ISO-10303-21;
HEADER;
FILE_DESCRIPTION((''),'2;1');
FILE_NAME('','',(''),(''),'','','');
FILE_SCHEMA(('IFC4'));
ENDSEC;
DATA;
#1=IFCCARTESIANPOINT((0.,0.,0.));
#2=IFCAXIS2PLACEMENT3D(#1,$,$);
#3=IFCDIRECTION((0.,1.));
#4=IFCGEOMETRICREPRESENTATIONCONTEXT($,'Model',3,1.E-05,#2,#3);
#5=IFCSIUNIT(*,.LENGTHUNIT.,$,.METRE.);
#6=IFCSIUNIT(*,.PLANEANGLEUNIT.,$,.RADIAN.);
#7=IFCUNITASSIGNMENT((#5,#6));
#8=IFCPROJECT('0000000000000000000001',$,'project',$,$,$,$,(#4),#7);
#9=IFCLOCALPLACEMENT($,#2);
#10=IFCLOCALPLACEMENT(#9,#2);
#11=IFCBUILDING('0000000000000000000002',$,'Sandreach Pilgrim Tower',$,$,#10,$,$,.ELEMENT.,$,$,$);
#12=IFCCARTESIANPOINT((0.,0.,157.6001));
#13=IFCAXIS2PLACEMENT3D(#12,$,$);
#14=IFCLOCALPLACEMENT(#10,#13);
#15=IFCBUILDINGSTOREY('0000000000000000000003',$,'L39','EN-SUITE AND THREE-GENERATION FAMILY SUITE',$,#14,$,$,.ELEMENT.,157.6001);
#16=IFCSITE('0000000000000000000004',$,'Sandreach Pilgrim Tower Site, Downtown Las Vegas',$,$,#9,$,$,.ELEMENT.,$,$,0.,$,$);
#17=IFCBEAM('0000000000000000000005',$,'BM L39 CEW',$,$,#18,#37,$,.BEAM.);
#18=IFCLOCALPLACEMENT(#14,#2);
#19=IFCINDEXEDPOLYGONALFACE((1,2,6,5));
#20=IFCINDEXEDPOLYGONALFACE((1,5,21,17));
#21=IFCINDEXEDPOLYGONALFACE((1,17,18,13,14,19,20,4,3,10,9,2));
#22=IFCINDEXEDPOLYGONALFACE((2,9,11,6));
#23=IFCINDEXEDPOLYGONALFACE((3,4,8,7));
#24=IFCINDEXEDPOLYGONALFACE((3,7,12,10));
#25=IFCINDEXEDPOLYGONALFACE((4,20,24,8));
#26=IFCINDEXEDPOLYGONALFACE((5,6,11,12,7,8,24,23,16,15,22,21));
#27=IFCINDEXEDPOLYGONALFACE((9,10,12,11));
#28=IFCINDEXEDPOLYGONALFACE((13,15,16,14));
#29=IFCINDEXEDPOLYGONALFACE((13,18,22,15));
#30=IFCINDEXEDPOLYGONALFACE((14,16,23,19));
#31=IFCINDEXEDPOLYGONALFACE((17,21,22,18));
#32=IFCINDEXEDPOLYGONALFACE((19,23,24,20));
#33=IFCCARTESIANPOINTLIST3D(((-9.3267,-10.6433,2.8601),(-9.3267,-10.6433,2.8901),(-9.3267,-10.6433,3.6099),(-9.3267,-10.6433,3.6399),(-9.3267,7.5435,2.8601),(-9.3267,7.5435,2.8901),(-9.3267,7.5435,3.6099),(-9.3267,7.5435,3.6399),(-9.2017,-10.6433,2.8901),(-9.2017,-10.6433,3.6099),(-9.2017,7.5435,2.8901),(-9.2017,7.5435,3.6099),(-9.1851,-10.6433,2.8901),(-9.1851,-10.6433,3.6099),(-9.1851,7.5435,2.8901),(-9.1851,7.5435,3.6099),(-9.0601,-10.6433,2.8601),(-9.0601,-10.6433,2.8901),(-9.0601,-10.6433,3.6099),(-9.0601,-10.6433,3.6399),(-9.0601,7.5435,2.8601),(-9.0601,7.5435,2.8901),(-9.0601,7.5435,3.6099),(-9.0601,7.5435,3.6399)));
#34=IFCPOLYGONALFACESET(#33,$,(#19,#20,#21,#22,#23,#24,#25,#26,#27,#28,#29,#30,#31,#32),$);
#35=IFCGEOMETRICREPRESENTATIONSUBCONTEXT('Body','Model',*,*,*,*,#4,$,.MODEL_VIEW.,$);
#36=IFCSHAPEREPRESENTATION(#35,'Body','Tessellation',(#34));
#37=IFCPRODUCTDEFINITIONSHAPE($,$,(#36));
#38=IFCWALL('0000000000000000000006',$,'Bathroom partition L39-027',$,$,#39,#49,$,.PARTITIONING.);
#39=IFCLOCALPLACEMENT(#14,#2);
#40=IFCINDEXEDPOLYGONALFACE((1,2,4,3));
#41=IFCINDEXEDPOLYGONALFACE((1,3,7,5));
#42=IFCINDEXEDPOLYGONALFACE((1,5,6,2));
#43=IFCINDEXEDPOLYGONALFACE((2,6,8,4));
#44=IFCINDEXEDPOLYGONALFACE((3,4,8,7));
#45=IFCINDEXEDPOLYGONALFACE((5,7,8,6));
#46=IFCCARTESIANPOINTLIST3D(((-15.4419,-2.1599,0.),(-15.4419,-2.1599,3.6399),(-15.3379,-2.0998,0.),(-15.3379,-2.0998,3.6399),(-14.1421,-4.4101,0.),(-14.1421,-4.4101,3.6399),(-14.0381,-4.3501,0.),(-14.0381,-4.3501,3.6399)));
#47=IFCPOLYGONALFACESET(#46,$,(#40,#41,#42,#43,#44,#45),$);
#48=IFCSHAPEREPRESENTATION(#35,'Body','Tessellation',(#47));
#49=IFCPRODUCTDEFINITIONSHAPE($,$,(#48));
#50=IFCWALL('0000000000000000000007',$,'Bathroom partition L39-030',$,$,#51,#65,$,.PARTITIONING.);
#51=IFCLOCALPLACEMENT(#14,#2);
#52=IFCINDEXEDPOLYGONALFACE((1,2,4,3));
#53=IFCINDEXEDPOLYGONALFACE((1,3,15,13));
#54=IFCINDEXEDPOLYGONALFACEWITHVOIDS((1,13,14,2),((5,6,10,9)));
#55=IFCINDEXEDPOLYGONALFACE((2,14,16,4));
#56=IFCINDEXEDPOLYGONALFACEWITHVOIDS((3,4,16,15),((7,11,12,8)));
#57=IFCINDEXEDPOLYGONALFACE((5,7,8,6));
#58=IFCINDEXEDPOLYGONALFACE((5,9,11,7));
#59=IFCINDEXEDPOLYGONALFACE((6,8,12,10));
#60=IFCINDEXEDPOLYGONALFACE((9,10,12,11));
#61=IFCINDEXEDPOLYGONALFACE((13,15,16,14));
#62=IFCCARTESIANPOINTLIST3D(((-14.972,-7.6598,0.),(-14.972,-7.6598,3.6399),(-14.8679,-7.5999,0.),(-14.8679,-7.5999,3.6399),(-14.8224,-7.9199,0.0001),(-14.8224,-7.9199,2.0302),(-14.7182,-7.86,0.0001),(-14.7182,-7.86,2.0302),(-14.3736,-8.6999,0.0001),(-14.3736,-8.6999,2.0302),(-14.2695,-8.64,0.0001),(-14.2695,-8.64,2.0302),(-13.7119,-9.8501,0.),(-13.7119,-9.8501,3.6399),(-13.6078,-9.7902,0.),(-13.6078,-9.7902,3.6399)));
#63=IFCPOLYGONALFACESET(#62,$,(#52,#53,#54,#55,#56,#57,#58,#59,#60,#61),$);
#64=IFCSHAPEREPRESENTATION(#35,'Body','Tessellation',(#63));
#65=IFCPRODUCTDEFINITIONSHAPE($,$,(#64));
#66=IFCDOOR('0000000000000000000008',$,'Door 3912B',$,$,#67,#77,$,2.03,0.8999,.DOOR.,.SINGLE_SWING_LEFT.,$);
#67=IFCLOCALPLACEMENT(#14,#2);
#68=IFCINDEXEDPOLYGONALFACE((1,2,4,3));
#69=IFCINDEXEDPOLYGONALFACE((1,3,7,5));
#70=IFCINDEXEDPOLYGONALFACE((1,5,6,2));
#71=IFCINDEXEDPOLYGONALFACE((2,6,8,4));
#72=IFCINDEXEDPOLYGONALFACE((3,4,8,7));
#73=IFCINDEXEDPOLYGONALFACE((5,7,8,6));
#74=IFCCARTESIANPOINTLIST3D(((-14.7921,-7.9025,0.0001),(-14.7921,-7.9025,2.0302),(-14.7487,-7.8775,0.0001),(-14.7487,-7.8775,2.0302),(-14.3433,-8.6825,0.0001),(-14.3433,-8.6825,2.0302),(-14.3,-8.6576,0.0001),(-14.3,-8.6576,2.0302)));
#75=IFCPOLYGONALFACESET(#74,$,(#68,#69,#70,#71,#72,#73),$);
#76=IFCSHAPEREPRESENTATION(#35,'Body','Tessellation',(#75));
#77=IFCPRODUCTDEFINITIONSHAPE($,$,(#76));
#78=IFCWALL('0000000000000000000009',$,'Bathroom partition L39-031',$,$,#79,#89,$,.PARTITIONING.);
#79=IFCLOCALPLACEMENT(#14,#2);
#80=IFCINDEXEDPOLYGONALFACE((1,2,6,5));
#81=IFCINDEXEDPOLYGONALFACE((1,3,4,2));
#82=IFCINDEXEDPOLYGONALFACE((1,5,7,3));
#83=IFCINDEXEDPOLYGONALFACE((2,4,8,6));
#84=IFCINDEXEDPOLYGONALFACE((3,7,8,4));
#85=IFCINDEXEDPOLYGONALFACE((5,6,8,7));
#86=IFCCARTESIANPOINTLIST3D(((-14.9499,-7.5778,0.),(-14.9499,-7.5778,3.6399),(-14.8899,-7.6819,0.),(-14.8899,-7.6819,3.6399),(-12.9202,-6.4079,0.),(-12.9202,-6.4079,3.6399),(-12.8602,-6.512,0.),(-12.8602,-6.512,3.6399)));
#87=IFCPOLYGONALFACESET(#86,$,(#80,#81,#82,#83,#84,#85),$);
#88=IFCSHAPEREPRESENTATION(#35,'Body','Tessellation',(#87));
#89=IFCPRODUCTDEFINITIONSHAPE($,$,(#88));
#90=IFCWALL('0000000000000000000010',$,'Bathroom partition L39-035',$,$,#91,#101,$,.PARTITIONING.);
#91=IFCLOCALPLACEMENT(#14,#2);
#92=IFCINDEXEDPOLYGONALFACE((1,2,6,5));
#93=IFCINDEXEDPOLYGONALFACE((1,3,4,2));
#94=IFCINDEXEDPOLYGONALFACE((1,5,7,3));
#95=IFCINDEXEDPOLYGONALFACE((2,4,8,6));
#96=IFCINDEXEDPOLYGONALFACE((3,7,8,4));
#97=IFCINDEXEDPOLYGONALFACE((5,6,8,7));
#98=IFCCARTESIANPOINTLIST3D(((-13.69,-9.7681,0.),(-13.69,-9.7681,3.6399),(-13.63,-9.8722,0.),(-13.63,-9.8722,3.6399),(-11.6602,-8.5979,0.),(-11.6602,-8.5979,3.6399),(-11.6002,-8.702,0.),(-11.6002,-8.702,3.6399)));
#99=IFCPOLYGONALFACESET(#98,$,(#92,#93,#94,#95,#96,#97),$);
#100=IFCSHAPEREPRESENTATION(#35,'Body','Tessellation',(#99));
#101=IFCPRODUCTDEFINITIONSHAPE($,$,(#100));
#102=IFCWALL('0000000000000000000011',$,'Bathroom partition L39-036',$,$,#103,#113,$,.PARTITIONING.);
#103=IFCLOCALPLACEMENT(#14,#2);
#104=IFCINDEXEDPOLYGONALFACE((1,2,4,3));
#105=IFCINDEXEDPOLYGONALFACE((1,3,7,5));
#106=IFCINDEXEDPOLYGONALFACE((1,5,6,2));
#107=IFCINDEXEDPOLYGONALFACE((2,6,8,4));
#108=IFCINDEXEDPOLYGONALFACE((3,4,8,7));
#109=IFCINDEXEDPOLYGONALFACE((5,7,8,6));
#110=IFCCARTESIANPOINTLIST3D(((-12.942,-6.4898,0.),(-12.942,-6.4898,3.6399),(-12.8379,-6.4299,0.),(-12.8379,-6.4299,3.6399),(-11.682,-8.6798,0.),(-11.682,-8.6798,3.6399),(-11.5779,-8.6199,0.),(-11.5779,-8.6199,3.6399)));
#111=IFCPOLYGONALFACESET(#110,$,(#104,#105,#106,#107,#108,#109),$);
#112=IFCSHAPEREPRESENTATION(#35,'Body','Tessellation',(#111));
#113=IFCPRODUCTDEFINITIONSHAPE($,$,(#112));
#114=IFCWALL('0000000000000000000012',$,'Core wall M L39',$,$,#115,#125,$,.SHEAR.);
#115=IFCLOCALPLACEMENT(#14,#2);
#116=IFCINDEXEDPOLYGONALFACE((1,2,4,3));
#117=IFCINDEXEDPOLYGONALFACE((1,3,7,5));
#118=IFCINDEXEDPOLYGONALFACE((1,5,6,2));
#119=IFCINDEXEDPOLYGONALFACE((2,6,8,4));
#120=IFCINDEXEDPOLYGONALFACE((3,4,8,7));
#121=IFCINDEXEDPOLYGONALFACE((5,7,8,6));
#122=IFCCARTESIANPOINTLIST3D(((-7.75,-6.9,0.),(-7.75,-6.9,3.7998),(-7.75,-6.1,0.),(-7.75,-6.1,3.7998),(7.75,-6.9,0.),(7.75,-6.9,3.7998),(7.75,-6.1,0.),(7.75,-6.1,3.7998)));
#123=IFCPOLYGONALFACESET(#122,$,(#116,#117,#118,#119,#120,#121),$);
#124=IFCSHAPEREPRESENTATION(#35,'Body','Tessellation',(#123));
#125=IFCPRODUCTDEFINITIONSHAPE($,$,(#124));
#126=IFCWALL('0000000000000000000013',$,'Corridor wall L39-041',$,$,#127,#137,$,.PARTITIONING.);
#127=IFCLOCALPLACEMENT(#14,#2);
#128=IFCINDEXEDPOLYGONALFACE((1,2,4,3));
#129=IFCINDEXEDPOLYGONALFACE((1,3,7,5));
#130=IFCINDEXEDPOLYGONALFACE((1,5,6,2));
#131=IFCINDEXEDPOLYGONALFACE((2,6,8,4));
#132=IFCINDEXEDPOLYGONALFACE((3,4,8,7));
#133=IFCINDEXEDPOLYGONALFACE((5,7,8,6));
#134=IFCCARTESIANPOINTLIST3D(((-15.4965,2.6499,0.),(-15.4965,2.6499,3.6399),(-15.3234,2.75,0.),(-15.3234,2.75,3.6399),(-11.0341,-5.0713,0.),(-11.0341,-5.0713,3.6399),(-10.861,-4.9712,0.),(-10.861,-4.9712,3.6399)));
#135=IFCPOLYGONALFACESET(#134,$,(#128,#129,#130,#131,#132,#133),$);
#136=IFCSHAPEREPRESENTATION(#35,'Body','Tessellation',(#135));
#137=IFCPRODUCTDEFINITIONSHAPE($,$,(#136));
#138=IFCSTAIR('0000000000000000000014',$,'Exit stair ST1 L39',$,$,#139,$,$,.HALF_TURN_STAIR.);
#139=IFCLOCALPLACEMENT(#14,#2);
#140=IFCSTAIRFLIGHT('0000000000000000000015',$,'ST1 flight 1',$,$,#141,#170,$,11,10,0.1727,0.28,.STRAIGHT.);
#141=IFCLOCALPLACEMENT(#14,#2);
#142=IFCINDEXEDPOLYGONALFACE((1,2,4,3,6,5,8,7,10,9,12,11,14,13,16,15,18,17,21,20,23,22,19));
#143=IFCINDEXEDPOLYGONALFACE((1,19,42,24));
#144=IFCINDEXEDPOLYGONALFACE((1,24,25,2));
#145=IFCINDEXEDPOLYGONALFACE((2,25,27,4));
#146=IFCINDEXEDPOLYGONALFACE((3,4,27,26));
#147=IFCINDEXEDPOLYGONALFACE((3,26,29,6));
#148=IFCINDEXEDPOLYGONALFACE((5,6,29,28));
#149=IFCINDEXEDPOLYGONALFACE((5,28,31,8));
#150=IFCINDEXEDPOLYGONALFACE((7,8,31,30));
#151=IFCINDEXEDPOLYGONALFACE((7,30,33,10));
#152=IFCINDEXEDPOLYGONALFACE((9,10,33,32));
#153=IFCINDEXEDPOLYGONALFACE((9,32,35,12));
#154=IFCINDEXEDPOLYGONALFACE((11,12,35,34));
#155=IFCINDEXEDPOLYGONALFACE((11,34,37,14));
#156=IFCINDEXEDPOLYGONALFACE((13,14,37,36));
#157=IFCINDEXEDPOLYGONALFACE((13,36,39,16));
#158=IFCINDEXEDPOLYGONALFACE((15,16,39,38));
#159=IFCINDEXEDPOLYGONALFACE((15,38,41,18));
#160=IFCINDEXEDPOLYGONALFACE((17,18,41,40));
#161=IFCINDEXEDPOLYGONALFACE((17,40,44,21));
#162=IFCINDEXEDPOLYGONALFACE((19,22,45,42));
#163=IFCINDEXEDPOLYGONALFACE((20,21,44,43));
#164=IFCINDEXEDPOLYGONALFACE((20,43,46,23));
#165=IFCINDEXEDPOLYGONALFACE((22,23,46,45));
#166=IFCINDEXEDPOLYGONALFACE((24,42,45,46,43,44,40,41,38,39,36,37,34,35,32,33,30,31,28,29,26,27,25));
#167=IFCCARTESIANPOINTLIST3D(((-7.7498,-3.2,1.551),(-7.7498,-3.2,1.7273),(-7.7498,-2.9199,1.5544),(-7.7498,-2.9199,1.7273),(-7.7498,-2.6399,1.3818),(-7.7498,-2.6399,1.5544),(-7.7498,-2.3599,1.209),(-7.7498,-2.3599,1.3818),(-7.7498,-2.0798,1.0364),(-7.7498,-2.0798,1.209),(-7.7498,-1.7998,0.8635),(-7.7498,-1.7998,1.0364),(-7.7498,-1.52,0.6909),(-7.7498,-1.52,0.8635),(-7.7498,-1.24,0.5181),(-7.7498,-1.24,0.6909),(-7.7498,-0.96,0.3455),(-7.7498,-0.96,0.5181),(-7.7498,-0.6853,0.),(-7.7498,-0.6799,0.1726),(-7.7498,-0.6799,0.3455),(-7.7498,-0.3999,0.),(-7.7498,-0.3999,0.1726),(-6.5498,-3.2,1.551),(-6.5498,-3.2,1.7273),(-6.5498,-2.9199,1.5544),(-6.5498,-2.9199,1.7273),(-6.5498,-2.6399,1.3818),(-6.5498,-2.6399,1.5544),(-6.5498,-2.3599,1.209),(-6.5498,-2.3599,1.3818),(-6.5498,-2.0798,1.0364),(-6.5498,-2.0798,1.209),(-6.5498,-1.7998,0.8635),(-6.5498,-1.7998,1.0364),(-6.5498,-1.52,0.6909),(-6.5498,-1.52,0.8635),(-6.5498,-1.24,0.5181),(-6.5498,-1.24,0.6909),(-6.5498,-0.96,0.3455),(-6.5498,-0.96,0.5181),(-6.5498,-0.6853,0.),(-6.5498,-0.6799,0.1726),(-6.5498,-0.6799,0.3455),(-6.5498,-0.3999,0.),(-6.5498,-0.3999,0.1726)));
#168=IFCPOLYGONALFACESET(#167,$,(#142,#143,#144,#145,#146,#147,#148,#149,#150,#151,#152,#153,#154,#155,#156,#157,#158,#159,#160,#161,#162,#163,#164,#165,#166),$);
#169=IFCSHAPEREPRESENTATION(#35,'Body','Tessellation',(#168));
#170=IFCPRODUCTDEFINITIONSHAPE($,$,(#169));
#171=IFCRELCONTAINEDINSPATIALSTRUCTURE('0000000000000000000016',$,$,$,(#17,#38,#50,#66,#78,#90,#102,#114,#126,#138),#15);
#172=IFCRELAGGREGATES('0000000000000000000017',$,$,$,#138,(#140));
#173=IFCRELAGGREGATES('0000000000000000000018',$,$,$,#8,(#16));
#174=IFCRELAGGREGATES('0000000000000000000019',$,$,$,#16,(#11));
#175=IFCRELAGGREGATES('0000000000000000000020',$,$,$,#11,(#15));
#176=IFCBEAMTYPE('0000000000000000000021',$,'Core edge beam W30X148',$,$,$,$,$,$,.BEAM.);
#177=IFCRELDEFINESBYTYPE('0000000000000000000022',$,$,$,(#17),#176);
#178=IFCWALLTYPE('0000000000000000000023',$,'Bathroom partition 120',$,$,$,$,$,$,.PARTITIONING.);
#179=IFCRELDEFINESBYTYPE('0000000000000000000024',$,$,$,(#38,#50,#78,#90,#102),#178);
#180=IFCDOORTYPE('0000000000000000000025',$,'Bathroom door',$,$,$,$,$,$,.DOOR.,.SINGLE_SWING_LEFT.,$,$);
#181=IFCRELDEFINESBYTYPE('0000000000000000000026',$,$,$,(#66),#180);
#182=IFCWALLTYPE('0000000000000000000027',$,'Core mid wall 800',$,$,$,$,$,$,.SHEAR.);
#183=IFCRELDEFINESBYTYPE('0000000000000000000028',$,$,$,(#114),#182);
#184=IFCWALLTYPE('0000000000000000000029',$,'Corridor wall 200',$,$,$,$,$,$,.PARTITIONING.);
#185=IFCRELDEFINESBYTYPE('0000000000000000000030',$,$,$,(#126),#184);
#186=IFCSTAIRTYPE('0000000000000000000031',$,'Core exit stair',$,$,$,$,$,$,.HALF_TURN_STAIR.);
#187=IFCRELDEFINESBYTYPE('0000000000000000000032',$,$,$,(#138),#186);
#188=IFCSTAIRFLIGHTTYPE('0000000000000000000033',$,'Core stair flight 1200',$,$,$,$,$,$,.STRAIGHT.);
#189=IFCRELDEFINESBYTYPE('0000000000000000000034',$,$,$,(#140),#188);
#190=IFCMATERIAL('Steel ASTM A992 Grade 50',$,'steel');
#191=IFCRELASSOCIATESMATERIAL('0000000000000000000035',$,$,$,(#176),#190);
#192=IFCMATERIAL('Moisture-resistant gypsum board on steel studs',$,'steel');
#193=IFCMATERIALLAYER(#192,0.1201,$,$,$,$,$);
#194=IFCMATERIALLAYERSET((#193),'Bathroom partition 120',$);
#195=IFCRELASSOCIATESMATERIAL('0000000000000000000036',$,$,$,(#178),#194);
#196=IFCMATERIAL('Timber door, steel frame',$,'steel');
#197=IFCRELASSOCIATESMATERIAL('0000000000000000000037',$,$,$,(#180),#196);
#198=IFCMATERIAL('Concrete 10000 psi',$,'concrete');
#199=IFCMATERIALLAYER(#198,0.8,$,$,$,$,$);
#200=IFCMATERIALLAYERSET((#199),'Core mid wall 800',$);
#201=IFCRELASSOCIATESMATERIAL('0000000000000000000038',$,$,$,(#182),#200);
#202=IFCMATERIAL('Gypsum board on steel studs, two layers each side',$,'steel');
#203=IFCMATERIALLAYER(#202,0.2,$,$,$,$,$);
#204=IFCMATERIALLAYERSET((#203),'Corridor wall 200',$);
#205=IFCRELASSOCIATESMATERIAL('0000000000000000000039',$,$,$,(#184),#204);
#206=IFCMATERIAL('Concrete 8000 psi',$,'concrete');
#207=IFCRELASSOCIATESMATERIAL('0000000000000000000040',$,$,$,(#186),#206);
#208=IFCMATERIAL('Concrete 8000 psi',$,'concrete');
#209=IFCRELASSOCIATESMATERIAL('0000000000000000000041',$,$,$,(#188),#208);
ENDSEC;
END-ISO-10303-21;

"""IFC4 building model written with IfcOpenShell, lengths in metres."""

from ifc_helpers import new_model, si_unit, direction, frame, frame_2d, origin, origin_2d, place, context, subcontext, project, spatial, polyline, rectangle, i_section, outline, extrude, material, layer, layer_set, material_profile, profile_set, type_object, element, fill, aggregate, save


model = new_model("IFC4")

# Units and contexts
model_context = context("Model", 3, precision=1e-05, world=origin(), true_north=direction((0.0, 1.0)))
body_context = subcontext(model_context, "Body", "Model", "MODEL_VIEW")
ifc_project = project(units=[si_unit("LENGTHUNIT", "METRE"), si_unit("PLANEANGLEUNIT", "RADIAN")], contexts=[model_context])

# Site, building, storey
site_placement = place(None, origin())
site = spatial("IfcSite", under=ifc_project, at=site_placement, Name="Sandreach Pilgrim Tower Site, Downtown Las Vegas", CompositionType="ELEMENT", RefElevation=0.0)
building_placement = place(site_placement, origin())
building = spatial("IfcBuilding", under=site, at=building_placement, Name="Sandreach Pilgrim Tower", CompositionType="ELEMENT")
storey_placement = place(building_placement, frame((0.0, 0.0, 157.6001)))
storey = spatial("IfcBuildingStorey", under=building, at=storey_placement, Name="L39", Description="EN-SUITE AND THREE-GENERATION FAMILY SUITE", CompositionType="ELEMENT", Elevation=157.6001)

# Beam
ifc_material_1 = material(Name="Steel ASTM A992 Grade 50", Category="steel")
ifc_material_profile = material_profile(ifc_material_1, i_section(OverallWidth=0.2666, OverallDepth=0.7798, WebThickness=0.0166, FlangeThickness=0.03, at=origin_2d()), Name="W30X148")
ifc_profile_set = profile_set([ifc_material_profile], Name="Steel ASTM A992 Grade 50")
beam_type = type_object("IfcBeamType", Name="Core edge beam W30X148", PredefinedType="BEAM", material=ifc_profile_set)
beam_placement = place(storey_placement, frame((-9.1934, -10.6433, 3.25), z_axis=(0.0, 1.0, 0.0), x_axis=(-1.0, 0.0, 0.0)))
element("IfcBeam", 1, at=beam_placement, inside=storey, type_object=beam_type, Name="BM L39 CEW", PredefinedType="BEAM", context=body_context, shape_type="SweptSolid", body=[
    extrude(i_section(OverallWidth=0.2666, OverallDepth=0.7798, WebThickness=0.0166, FlangeThickness=0.03, at=origin_2d()), origin(), (0.0, 0.0, 1.0), 18.1868),
])

# Wall
ifc_material_2 = material(Name="Moisture-resistant gypsum board on steel studs", Category="steel")
ifc_layer_1 = layer(ifc_material_2, 0.1201)
ifc_layer_set_1 = layer_set([ifc_layer_1], Name="Bathroom partition 120")
wall_type_1 = type_object("IfcWallType", Name="Bathroom partition 120", PredefinedType="PARTITIONING", material=ifc_layer_set_1)
wall_1_placement = place(storey_placement, frame((-15.3899, -2.1299, 0.0), z_axis=(0.0, 0.0, 1.0), x_axis=(0.500181, -0.865921, 0.0)))
element("IfcWall", 2, at=wall_1_placement, inside=storey, type_object=wall_type_1, Name="Bathroom partition L39-027", PredefinedType="PARTITIONING", context=body_context, shape_type="SweptSolid", body=[
    extrude(rectangle(XDim=2.5986, YDim=0.1201, at=frame_2d((1.2993, 0.0))), origin(), (0.0, 0.0, 1.0), 3.6399),
])

# Wall, opening, door
wall_2_placement = place(storey_placement, frame((-14.9199, -7.6299, 0.0), z_axis=(0.0, 0.0, 1.0), x_axis=(0.498665, -0.866795, 0.0)))
wall_2 = element("IfcWall", 3, at=wall_2_placement, inside=storey, type_object=wall_type_1, Name="Bathroom partition L39-030", PredefinedType="PARTITIONING", context=body_context, shape_type="SweptSolid", body=[
    extrude(rectangle(XDim=2.5269, YDim=0.1201, at=frame_2d((1.2634, 0.0))), origin(), (0.0, 0.0, 1.0), 3.6399),
])
opening_1_placement = place(wall_2_placement, frame((0.3, 0.0, 0.0)))
opening_1 = element("IfcOpeningElement", 4, at=opening_1_placement, cuts=wall_2, PredefinedType="OPENING", context=body_context, shape_type="SweptSolid", body=[
    extrude(rectangle(XDim=0.8999, YDim=2.03, at=frame_2d((0.45, 1.0151))), frame((0.0, 0.0601, 0.0), z_axis=(0.0, -1.0, 0.0), x_axis=(1.0, 0.0, 0.0)), (0.0, 0.0, 1.0), 0.1201),
])
ifc_material_3 = material(Name="Timber door, steel frame", Category="steel")
door_type_1 = type_object("IfcDoorType", Name="Bathroom door", OperationType="SINGLE_SWING_LEFT", PredefinedType="DOOR", material=ifc_material_3)
door_1_placement = place(opening_1_placement, origin())
door_1 = element("IfcDoor", 5, at=door_1_placement, inside=storey, type_object=door_type_1, Name="Door 3912B", OperationType="SINGLE_SWING_LEFT", OverallHeight=2.03, OverallWidth=0.8999, PredefinedType="DOOR", context=body_context, shape_type="SweptSolid", body=[
    extrude(rectangle(XDim=0.8999, YDim=2.03, at=frame_2d((0.45, 1.0151))), frame((0.0, 0.0249, 0.0), z_axis=(0.0, -1.0, 0.0), x_axis=(1.0, 0.0, 0.0)), (0.0, 0.0, 1.0), 0.05),
])
fill(opening_1, door_1)

# Walls
wall_3_placement = place(storey_placement, frame((-14.9199, -7.6299, 0.0), z_axis=(0.0, 0.0, 1.0), x_axis=(0.86639, 0.499368, 0.0)))
element("IfcWall", 6, at=wall_3_placement, inside=storey, type_object=wall_type_1, Name="Bathroom partition L39-031", PredefinedType="PARTITIONING", context=body_context, shape_type="SweptSolid", body=[
    extrude(rectangle(XDim=2.3428, YDim=0.1201, at=frame_2d((1.1714, 0.0))), origin(), (0.0, 0.0, 1.0), 3.6399),
])
wall_4_placement = place(storey_placement, frame((-13.6599, -9.8201, 0.0), z_axis=(0.0, 0.0, 1.0), x_axis=(0.866345, 0.499446, 0.0)))
element("IfcWall", 7, at=wall_4_placement, inside=storey, type_object=wall_type_1, Name="Bathroom partition L39-035", PredefinedType="PARTITIONING", context=body_context, shape_type="SweptSolid", body=[
    extrude(rectangle(XDim=2.343, YDim=0.1201, at=frame_2d((1.1714, 0.0))), origin(), (0.0, 0.0, 1.0), 3.6399),
])
wall_5_placement = place(storey_placement, frame((-12.8899, -6.46, 0.0), z_axis=(0.0, 0.0, 1.0), x_axis=(0.498707, -0.866771, 0.0)))
element("IfcWall", 8, at=wall_5_placement, inside=storey, type_object=wall_type_1, Name="Bathroom partition L39-036", PredefinedType="PARTITIONING", context=body_context, shape_type="SweptSolid", body=[
    extrude(rectangle(XDim=2.5266, YDim=0.1201, at=frame_2d((1.2632, 0.0))), origin(), (0.0, 0.0, 1.0), 3.6399),
])
ifc_material_4 = material(Name="Concrete 10000 psi", Category="concrete")
ifc_layer_2 = layer(ifc_material_4, 0.8)
ifc_layer_set_2 = layer_set([ifc_layer_2], Name="Core mid wall 800")
wall_type_2 = type_object("IfcWallType", Name="Core mid wall 800", PredefinedType="SHEAR", material=ifc_layer_set_2)
wall_6_placement = place(storey_placement, frame((-7.75, -6.5, 0.0), z_axis=(0.0, 0.0, 1.0), x_axis=(1.0, 0.0, 0.0)))
element("IfcWall", 9, at=wall_6_placement, inside=storey, type_object=wall_type_2, Name="Core wall M L39", PredefinedType="SHEAR", context=body_context, shape_type="SweptSolid", body=[
    extrude(rectangle(XDim=15.5, YDim=0.8, at=frame_2d((7.75, 0.0))), origin(), (0.0, 0.0, 1.0), 3.7998),
])

# Shared definitions
ifc_material_5 = material(Name="Gypsum board on steel studs, two layers each side", Category="steel")
ifc_layer_3 = layer(ifc_material_5, 0.2)
ifc_layer_set_3 = layer_set([ifc_layer_3], Name="Corridor wall 200")
wall_type_3 = type_object("IfcWallType", Name="Corridor wall 200", PredefinedType="PARTITIONING", material=ifc_layer_set_3)

# Wall
wall_7_placement = place(storey_placement, frame((-10.9475, -5.0212, 0.0), z_axis=(0.0, 0.0, 1.0), x_axis=(-0.500384, 0.865803, 0.0)))
element("IfcWall", 10, at=wall_7_placement, inside=storey, type_object=wall_type_3, Name="Corridor wall L39-041", PredefinedType="PARTITIONING", context=body_context, shape_type="SweptSolid", body=[
    extrude(rectangle(XDim=8.918, YDim=0.2, at=frame_2d((4.459, 0.0))), origin(), (0.0, 0.0, 1.0), 3.6399),
])

# Stair, stair flight
ifc_material_6 = material(Name="Concrete 8000 psi", Category="concrete")
stair_type = type_object("IfcStairType", Name="Core exit stair", PredefinedType="HALF_TURN_STAIR", material=ifc_material_6)
stair_placement = place(storey_placement, origin())
stair = element("IfcStair", 11, at=stair_placement, inside=storey, type_object=stair_type, Name="Exit stair ST1 L39", PredefinedType="HALF_TURN_STAIR")
ifc_material_7 = material(Name="Concrete 8000 psi", Category="concrete")
stair_flight_type = type_object("IfcStairFlightType", Name="Core stair flight 1200", PredefinedType="STRAIGHT", material=ifc_material_7)
stair_flight_1_placement = place(storey_placement, frame((-7.1499, -0.3999, 0.0), z_axis=(0.0, 0.0, 1.0), x_axis=(0.0, -1.0, 0.0)))
stair_flight_1 = element("IfcStairFlight", 12, at=stair_flight_1_placement, type_object=stair_flight_type, Name="ST1 flight 1", NumberOfRisers=11, NumberOfTreads=10, PredefinedType="STRAIGHT", RiserHeight=0.1727, TreadLength=0.28, context=body_context, shape_type="SweptSolid", body=[
    extrude(outline(polyline([(0.0, 0.0), (0.0, 0.1726), (0.28, 0.1726), (0.28, 0.3455), (0.5601, 0.3455), (0.5601, 0.5181), (0.8401, 0.5181), (0.8401, 0.6909), (1.1201, 0.6909), (1.1201, 0.8635), (1.3999, 0.8635), (1.3999, 1.0364), (1.6799, 1.0364), (1.6799, 1.209), (1.96, 1.209), (1.96, 1.3818), (2.24, 1.3818), (2.24, 1.5544), (2.52, 1.5544), (2.52, 1.7273), (2.8, 1.7273), (2.8, 1.8999), (2.8, 1.551), (0.2854, 0.0), (0.0, 0.0)])), frame((0.0, 0.6001, 0.0), z_axis=(0.0, -1.0, 0.0), x_axis=(1.0, 0.0, 0.0)), (0.0, 0.0, 1.0), 1.2),
])
aggregate(stair, [stair_flight_1])

save(model, "model.ifc")
